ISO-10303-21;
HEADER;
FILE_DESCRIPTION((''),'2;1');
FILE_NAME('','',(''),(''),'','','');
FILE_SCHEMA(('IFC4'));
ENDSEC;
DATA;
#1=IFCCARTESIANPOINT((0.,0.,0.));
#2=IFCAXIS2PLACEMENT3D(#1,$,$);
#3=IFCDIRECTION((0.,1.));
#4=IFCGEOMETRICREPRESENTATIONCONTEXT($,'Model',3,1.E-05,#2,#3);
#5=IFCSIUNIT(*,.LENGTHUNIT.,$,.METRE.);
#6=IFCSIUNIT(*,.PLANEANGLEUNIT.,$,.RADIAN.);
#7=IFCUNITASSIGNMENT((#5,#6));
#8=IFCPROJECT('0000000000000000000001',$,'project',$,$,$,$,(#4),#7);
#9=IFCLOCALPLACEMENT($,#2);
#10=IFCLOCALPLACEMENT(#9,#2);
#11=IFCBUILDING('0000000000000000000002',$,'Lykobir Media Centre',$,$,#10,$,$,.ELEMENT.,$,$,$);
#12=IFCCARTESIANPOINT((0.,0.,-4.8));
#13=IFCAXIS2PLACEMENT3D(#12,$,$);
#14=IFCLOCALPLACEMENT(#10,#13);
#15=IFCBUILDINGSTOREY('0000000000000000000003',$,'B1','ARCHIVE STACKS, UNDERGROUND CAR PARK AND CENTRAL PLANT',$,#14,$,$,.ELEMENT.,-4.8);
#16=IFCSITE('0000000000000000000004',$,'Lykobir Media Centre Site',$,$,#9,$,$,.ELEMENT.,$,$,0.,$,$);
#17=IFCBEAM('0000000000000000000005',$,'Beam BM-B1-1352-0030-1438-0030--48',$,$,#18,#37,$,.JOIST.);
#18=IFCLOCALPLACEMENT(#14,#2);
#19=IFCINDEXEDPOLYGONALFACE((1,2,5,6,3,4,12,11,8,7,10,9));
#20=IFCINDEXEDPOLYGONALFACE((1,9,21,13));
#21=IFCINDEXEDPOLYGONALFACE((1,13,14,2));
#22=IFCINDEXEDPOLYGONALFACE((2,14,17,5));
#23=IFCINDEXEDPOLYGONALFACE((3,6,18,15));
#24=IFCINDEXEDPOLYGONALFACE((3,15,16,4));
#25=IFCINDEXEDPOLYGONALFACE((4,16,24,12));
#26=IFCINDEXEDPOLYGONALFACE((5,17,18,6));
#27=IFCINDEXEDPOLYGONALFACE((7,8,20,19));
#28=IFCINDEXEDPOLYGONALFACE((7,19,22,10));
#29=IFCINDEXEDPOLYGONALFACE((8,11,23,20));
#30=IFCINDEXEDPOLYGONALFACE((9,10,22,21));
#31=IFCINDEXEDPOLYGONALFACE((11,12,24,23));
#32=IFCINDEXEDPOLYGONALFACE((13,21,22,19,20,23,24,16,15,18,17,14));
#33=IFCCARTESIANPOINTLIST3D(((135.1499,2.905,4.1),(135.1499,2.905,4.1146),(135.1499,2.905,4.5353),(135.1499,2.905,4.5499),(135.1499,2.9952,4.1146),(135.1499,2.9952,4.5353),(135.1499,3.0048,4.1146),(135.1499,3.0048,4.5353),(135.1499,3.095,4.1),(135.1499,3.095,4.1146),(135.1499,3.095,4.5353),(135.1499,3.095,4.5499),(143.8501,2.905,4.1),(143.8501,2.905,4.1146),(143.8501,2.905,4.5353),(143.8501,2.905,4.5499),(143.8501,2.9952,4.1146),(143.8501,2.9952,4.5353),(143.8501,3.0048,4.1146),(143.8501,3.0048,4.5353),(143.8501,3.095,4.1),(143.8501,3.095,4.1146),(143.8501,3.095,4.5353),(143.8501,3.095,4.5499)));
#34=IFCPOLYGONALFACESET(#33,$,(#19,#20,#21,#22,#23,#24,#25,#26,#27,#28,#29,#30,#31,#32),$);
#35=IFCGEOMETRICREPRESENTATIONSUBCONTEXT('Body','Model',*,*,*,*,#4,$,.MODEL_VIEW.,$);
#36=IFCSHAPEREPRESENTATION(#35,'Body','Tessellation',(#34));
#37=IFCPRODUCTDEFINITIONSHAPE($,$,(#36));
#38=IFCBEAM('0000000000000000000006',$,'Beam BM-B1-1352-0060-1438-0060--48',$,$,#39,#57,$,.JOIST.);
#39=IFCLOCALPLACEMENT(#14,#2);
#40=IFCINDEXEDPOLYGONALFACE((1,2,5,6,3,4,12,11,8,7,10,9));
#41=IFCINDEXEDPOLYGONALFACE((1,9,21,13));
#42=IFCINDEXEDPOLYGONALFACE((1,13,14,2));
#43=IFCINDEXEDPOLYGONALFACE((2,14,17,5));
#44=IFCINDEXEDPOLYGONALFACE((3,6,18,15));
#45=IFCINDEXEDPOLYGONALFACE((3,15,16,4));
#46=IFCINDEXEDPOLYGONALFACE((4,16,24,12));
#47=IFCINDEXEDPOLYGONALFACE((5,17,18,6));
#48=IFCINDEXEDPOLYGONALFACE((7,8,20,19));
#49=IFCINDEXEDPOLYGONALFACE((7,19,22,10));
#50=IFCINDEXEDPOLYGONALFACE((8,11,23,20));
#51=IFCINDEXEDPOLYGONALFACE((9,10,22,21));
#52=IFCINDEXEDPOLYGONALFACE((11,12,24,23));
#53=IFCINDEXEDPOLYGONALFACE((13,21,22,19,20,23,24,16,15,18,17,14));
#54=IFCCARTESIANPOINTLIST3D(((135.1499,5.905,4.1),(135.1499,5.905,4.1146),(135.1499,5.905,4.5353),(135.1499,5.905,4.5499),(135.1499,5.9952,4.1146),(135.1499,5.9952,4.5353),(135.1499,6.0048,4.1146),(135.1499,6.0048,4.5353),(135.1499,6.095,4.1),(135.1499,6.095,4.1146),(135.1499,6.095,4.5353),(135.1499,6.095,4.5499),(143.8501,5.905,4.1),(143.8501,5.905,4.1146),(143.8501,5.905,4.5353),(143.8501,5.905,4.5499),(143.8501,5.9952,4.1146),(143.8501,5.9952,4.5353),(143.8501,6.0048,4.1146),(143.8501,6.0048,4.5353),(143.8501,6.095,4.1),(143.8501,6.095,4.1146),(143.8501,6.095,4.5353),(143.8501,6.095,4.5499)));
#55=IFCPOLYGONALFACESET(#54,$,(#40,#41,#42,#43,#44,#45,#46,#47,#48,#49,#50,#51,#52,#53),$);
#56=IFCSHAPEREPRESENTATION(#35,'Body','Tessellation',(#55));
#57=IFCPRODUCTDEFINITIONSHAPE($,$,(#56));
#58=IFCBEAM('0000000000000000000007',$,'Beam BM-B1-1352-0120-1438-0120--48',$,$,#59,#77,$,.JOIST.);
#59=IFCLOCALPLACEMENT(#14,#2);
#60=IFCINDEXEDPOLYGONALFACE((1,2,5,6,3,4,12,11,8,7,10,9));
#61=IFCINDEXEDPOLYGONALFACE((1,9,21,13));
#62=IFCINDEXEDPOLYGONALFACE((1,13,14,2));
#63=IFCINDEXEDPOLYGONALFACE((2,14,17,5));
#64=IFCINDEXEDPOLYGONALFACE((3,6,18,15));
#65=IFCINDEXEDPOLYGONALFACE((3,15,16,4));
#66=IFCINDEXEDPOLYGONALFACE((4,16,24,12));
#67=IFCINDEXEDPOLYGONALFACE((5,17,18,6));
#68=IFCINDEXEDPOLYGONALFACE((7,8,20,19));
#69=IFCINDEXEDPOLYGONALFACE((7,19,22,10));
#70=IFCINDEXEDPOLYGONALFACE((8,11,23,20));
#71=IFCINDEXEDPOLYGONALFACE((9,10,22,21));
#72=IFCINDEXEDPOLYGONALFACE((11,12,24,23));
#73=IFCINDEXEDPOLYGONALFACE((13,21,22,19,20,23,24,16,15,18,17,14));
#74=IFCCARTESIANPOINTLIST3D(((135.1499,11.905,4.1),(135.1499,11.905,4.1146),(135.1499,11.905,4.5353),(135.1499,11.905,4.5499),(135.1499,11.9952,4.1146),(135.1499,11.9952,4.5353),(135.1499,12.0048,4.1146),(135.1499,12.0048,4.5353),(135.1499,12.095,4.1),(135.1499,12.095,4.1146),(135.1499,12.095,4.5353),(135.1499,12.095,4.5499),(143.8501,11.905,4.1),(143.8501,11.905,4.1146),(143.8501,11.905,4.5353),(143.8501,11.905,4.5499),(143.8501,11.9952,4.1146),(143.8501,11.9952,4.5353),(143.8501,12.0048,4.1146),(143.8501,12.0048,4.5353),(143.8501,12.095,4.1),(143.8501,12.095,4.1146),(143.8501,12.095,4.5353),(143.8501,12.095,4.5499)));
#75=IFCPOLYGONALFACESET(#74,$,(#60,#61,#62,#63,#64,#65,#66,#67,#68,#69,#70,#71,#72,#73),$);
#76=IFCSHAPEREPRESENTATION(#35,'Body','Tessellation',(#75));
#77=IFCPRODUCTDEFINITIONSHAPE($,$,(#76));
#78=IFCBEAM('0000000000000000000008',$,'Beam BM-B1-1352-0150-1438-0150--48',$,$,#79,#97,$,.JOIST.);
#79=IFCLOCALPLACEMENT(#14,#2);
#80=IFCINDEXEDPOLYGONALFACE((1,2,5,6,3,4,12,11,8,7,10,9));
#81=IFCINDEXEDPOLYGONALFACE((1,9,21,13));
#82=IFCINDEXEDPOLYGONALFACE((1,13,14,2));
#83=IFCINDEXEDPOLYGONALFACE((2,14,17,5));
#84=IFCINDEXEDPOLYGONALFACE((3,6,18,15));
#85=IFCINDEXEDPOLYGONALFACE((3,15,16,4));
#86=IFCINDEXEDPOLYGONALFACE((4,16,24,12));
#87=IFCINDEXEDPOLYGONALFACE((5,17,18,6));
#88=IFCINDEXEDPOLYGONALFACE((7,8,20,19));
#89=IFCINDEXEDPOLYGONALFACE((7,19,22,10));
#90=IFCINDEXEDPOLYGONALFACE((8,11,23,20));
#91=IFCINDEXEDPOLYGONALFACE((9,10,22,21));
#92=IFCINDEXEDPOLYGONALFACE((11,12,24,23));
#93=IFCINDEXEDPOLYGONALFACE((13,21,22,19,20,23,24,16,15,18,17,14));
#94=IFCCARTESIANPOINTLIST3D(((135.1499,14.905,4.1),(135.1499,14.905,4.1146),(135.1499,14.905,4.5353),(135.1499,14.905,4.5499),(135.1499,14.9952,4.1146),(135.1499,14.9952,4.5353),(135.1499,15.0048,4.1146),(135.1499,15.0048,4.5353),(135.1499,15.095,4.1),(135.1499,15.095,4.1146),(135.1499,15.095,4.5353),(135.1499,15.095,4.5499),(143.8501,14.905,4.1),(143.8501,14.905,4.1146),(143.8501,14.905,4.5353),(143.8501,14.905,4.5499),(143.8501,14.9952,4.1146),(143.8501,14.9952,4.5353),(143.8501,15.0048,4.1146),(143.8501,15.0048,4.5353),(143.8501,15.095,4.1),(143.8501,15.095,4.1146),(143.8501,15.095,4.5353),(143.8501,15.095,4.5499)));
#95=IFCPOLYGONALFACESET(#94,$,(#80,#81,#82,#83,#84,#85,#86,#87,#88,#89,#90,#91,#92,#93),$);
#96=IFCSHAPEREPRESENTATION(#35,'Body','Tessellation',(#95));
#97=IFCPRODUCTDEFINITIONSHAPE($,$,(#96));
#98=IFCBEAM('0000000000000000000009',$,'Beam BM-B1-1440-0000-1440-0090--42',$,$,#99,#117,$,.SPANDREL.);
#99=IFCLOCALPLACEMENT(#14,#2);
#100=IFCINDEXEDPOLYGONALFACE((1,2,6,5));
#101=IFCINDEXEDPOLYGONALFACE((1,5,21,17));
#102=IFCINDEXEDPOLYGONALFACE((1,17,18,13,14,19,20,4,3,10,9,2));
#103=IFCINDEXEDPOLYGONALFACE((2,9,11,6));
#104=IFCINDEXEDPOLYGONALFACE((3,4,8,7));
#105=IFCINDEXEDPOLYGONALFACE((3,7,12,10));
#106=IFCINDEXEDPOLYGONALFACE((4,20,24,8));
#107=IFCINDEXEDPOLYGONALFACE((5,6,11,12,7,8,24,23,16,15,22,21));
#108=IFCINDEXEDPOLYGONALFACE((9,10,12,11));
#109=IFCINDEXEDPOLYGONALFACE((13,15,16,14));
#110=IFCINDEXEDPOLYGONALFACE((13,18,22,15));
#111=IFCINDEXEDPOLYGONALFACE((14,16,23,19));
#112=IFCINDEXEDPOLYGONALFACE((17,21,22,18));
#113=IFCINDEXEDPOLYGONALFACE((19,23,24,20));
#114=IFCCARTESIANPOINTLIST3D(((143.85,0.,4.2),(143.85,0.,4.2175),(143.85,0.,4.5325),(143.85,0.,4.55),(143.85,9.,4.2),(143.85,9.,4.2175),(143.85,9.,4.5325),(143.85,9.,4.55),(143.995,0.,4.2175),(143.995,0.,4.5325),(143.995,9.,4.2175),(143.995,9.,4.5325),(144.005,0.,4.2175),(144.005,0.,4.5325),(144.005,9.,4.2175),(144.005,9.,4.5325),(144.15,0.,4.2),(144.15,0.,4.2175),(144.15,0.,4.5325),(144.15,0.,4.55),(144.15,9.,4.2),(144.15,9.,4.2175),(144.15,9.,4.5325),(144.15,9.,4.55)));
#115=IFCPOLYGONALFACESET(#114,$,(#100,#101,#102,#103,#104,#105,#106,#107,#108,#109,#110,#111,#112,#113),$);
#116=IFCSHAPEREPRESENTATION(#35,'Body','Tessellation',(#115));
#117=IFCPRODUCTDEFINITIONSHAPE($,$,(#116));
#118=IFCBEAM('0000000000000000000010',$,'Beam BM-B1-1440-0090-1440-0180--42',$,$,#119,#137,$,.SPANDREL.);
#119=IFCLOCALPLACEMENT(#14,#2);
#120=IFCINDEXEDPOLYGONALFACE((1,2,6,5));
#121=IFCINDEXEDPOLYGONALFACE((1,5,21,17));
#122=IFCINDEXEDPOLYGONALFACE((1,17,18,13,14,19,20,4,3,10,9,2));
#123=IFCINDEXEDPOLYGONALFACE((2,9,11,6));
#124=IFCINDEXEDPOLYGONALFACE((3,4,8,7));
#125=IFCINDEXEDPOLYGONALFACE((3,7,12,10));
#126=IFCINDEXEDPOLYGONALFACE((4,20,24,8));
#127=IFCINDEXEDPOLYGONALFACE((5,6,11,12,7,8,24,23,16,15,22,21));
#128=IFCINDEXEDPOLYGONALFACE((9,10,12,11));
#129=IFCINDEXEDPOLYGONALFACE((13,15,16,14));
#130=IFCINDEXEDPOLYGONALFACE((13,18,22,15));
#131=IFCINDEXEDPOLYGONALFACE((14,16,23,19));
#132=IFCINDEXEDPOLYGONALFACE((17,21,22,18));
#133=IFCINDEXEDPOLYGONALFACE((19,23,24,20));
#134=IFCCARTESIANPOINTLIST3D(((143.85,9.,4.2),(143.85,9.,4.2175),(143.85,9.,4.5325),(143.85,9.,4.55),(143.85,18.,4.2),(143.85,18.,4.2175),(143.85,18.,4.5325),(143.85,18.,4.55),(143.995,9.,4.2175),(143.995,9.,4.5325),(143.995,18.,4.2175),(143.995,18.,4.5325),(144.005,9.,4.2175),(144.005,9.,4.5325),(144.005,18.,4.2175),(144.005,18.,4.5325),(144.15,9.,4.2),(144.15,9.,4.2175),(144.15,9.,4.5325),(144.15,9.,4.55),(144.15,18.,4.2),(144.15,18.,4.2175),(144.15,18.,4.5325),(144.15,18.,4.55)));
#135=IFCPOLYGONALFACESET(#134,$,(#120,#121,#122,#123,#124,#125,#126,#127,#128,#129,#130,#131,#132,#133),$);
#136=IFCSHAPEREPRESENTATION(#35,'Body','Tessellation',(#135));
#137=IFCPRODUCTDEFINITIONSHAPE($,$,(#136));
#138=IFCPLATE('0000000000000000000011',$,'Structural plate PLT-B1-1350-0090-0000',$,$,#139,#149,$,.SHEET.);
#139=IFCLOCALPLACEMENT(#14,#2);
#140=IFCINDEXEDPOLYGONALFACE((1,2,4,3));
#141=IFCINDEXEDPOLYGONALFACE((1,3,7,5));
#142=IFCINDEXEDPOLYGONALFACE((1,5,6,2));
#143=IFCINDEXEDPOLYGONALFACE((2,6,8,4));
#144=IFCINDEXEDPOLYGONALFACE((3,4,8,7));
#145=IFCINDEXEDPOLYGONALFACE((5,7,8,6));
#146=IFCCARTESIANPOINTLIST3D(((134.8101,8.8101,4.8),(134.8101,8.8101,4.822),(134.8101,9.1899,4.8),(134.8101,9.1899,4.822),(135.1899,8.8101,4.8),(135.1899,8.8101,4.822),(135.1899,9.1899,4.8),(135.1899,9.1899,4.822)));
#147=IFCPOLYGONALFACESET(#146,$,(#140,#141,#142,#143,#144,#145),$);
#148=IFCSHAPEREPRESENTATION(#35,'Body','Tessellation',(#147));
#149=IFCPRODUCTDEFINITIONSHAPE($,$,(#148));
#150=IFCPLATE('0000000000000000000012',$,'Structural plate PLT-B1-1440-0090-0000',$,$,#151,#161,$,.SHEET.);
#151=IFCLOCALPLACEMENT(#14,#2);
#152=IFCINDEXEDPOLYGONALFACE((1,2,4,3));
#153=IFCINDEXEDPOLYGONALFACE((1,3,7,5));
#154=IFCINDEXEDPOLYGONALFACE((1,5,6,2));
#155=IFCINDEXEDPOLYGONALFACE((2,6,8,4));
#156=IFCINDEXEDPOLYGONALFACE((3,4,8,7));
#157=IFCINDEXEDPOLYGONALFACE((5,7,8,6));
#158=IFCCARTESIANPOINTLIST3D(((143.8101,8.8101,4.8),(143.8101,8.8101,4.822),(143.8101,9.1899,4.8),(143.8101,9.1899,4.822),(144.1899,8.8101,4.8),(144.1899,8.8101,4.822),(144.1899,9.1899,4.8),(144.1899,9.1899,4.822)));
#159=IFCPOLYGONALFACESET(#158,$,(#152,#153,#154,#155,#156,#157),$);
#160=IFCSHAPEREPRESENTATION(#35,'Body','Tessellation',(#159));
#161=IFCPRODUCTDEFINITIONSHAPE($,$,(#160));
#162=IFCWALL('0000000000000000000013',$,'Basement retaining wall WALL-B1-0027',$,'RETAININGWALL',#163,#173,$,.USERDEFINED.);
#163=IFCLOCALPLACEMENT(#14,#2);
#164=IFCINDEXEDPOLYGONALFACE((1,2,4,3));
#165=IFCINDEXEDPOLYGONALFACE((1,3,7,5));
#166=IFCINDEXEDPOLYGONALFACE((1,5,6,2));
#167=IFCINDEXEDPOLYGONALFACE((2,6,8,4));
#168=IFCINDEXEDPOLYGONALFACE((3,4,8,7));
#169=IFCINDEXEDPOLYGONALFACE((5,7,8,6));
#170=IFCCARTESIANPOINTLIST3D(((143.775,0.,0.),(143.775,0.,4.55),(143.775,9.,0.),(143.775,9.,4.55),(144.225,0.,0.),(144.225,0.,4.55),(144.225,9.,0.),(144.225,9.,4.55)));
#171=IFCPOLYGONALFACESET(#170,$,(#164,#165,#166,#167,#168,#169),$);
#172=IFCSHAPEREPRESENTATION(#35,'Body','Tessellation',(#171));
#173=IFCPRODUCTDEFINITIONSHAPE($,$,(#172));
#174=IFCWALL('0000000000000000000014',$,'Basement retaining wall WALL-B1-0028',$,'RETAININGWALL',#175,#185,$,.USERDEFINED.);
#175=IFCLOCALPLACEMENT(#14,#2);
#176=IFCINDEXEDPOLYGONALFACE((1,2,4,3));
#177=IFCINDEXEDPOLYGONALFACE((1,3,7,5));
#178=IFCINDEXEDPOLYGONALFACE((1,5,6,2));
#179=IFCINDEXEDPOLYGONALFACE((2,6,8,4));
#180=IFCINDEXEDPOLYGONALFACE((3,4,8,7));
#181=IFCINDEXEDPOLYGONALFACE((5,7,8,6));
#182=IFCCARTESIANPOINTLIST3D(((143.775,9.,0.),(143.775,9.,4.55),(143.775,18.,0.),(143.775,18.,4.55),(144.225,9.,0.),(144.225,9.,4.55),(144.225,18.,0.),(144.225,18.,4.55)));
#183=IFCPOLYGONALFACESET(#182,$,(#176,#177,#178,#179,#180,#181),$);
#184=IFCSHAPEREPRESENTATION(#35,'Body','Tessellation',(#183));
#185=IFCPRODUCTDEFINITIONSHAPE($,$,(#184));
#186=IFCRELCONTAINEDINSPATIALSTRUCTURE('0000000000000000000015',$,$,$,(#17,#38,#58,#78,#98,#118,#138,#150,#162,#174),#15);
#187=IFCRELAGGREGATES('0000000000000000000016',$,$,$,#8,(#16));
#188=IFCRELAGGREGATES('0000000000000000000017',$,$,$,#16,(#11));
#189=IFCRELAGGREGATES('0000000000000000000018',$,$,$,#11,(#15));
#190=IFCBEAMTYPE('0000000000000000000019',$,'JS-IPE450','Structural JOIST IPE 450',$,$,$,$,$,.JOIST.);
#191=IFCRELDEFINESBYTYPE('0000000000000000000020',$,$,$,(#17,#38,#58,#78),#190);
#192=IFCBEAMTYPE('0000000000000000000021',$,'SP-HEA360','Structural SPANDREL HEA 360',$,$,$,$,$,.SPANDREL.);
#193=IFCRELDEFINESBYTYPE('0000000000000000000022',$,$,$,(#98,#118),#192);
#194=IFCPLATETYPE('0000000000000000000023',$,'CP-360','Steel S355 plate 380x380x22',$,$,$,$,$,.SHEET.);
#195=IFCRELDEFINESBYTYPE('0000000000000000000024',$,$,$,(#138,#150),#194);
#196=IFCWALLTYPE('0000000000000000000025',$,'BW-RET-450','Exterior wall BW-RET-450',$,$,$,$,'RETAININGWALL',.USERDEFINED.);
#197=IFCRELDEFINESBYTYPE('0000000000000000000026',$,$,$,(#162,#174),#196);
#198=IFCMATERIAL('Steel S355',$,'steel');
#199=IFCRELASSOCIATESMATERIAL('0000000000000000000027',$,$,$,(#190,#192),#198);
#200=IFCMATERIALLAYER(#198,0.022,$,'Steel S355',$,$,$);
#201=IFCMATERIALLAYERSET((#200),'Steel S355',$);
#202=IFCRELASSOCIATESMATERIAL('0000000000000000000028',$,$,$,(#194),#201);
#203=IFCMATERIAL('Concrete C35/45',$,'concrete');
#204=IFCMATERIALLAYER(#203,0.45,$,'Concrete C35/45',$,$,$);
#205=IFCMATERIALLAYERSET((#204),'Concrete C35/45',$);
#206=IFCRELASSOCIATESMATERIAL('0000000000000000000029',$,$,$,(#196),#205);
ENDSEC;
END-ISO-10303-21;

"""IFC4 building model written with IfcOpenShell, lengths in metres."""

from ifc_helpers import new_model, si_unit, direction, frame, frame_2d, origin, origin_2d, place, context, subcontext, project, spatial, rectangle, i_section, extrude, material, layer, layer_set, material_profile, profile_set, type_object, element, save


model = new_model("IFC4")

# Units and contexts
model_context = context("Model", 3, precision=1e-05, world=origin(), true_north=direction((0.0, 1.0)))
body_context = subcontext(model_context, "Body", "Model", "MODEL_VIEW")
ifc_project = project(units=[si_unit("LENGTHUNIT", "METRE"), si_unit("PLANEANGLEUNIT", "RADIAN")], contexts=[model_context])

# Site, building, storey
site_placement = place(None, origin())
site = spatial("IfcSite", under=ifc_project, at=site_placement, Name="Lykobir Media Centre Site", CompositionType="ELEMENT", RefElevation=0.0)
building_placement = place(site_placement, origin())
building = spatial("IfcBuilding", under=site, at=building_placement, Name="Lykobir Media Centre", CompositionType="ELEMENT")
storey_placement = place(building_placement, frame((0.0, 0.0, -4.8)))
storey = spatial("IfcBuildingStorey", under=building, at=storey_placement, Name="B1", Description="ARCHIVE STACKS, UNDERGROUND CAR PARK AND CENTRAL PLANT", CompositionType="ELEMENT", Elevation=-4.8)

# Shared definitions
ifc_material_1 = material(Name="Concrete C35/45", Category="concrete")

# Shared definitions
ifc_material_2 = material(Name="Steel S355", Category="steel")

# Beams
ifc_material_profile_1 = material_profile(ifc_material_2, i_section(OverallWidth=0.1899, OverallDepth=0.45, WebThickness=0.0095, FlangeThickness=0.0146, at=origin_2d()), Name="IPE 450")
ifc_profile_set_1 = profile_set([ifc_material_profile_1], Name="Steel S355")
beam_type_1 = type_object("IfcBeamType", Name="JS-IPE450", Description="Structural JOIST IPE 450", PredefinedType="JOIST", material=ifc_profile_set_1)
for number, where, z_axis, x_axis, name in (
    (1, (135.1499, 3.0, 4.325), (1.0, 0.0, 0.0), (0.0, 1.0, 0.0), "Beam BM-B1-1352-0030-1438-0030--48"),
    (2, (135.1499, 6.0, 4.325), (1.0, 0.0, 0.0), (0.0, 1.0, 0.0), "Beam BM-B1-1352-0060-1438-0060--48"),
    (3, (135.1499, 12.0, 4.325), (1.0, 0.0, 0.0), (0.0, 1.0, 0.0), "Beam BM-B1-1352-0120-1438-0120--48"),
    (4, (135.1499, 15.0, 4.325), (1.0, 0.0, 0.0), (0.0, 1.0, 0.0), "Beam BM-B1-1352-0150-1438-0150--48"),
):
    element("IfcBeam", number, at=place(storey_placement, frame(where, z_axis=z_axis, x_axis=x_axis)), inside=storey, type_object=beam_type_1, Name=name, PredefinedType="JOIST", context=body_context, shape_type="SweptSolid", body=[
        extrude(i_section(OverallWidth=0.1899, OverallDepth=0.45, WebThickness=0.0095, FlangeThickness=0.0146, at=origin_2d()), origin(), (0.0, 0.0, 1.0), 8.7002),
    ])
ifc_material_profile_2 = material_profile(ifc_material_2, i_section(OverallWidth=0.3, OverallDepth=0.3501, WebThickness=0.01, FlangeThickness=0.0176, at=origin_2d()), Name="HEA 360")
ifc_profile_set_2 = profile_set([ifc_material_profile_2], Name="Steel S355")
beam_type_2 = type_object("IfcBeamType", Name="SP-HEA360", Description="Structural SPANDREL HEA 360", PredefinedType="SPANDREL", material=ifc_profile_set_2)
for number, where, z_axis, x_axis, name in (
    (5, (144.0, 0.0, 4.375), (0.0, 1.0, 0.0), (-1.0, 0.0, 0.0), "Beam BM-B1-1440-0000-1440-0090--42"),
    (6, (144.0, 9.0, 4.375), (0.0, 1.0, 0.0), (-1.0, 0.0, 0.0), "Beam BM-B1-1440-0090-1440-0180--42"),
):
    element("IfcBeam", number, at=place(storey_placement, frame(where, z_axis=z_axis, x_axis=x_axis)), inside=storey, type_object=beam_type_2, Name=name, PredefinedType="SPANDREL", context=body_context, shape_type="SweptSolid", body=[
        extrude(i_section(OverallWidth=0.3, OverallDepth=0.3501, WebThickness=0.01, FlangeThickness=0.0176, at=origin_2d()), origin(), (0.0, 0.0, 1.0), 9.0),
    ])

# Plates
ifc_layer_1 = layer(ifc_material_2, 0.022, Name="Steel S355")
ifc_layer_set_1 = layer_set([ifc_layer_1], Name="Steel S355")
plate_type = type_object("IfcPlateType", Name="CP-360", Description="Steel S355 plate 380x380x22", PredefinedType="SHEET", material=ifc_layer_set_1)
for number, where, z_axis, x_axis, name in (
    (7, (135.0, 9.0, 4.8), (0.0, 0.0, 1.0), (1.0, 0.0, 0.0), "Structural plate PLT-B1-1350-0090-0000"),
    (8, (144.0, 9.0, 4.8), (0.0, 0.0, 1.0), (1.0, 0.0, 0.0), "Structural plate PLT-B1-1440-0090-0000"),
):
    element("IfcPlate", number, at=place(storey_placement, frame(where, z_axis=z_axis, x_axis=x_axis)), inside=storey, type_object=plate_type, Name=name, PredefinedType="SHEET", context=body_context, shape_type="SweptSolid", body=[
        extrude(rectangle(XDim=0.3799, YDim=0.3799, at=origin_2d()), origin(), (0.0, 0.0, 1.0), 0.022),
    ])

# Walls
ifc_layer_2 = layer(ifc_material_1, 0.45, Name="Concrete C35/45")
ifc_layer_set_2 = layer_set([ifc_layer_2], Name="Concrete C35/45")
wall_type = type_object("IfcWallType", Name="BW-RET-450", Description="Exterior wall BW-RET-450", ElementType="RETAININGWALL", PredefinedType="USERDEFINED", material=ifc_layer_set_2)
for number, where, z_axis, x_axis, name in (
    (9, (144.0, 0.0, 0.0), (0.0, 0.0, 1.0), (0.0, 1.0, 0.0), "Basement retaining wall WALL-B1-0027"),
    (10, (144.0, 9.0, 0.0), (0.0, 0.0, 1.0), (0.0, 1.0, 0.0), "Basement retaining wall WALL-B1-0028"),
):
    element("IfcWall", number, at=place(storey_placement, frame(where, z_axis=z_axis, x_axis=x_axis)), inside=storey, type_object=wall_type, Name=name, ObjectType="RETAININGWALL", PredefinedType="USERDEFINED", context=body_context, shape_type="SweptSolid", body=[
        extrude(rectangle(XDim=9.0, YDim=0.45, at=frame_2d((4.5, 0.0))), origin(), (0.0, 0.0, 1.0), 4.55),
    ])

save(model, "model.ifc")
